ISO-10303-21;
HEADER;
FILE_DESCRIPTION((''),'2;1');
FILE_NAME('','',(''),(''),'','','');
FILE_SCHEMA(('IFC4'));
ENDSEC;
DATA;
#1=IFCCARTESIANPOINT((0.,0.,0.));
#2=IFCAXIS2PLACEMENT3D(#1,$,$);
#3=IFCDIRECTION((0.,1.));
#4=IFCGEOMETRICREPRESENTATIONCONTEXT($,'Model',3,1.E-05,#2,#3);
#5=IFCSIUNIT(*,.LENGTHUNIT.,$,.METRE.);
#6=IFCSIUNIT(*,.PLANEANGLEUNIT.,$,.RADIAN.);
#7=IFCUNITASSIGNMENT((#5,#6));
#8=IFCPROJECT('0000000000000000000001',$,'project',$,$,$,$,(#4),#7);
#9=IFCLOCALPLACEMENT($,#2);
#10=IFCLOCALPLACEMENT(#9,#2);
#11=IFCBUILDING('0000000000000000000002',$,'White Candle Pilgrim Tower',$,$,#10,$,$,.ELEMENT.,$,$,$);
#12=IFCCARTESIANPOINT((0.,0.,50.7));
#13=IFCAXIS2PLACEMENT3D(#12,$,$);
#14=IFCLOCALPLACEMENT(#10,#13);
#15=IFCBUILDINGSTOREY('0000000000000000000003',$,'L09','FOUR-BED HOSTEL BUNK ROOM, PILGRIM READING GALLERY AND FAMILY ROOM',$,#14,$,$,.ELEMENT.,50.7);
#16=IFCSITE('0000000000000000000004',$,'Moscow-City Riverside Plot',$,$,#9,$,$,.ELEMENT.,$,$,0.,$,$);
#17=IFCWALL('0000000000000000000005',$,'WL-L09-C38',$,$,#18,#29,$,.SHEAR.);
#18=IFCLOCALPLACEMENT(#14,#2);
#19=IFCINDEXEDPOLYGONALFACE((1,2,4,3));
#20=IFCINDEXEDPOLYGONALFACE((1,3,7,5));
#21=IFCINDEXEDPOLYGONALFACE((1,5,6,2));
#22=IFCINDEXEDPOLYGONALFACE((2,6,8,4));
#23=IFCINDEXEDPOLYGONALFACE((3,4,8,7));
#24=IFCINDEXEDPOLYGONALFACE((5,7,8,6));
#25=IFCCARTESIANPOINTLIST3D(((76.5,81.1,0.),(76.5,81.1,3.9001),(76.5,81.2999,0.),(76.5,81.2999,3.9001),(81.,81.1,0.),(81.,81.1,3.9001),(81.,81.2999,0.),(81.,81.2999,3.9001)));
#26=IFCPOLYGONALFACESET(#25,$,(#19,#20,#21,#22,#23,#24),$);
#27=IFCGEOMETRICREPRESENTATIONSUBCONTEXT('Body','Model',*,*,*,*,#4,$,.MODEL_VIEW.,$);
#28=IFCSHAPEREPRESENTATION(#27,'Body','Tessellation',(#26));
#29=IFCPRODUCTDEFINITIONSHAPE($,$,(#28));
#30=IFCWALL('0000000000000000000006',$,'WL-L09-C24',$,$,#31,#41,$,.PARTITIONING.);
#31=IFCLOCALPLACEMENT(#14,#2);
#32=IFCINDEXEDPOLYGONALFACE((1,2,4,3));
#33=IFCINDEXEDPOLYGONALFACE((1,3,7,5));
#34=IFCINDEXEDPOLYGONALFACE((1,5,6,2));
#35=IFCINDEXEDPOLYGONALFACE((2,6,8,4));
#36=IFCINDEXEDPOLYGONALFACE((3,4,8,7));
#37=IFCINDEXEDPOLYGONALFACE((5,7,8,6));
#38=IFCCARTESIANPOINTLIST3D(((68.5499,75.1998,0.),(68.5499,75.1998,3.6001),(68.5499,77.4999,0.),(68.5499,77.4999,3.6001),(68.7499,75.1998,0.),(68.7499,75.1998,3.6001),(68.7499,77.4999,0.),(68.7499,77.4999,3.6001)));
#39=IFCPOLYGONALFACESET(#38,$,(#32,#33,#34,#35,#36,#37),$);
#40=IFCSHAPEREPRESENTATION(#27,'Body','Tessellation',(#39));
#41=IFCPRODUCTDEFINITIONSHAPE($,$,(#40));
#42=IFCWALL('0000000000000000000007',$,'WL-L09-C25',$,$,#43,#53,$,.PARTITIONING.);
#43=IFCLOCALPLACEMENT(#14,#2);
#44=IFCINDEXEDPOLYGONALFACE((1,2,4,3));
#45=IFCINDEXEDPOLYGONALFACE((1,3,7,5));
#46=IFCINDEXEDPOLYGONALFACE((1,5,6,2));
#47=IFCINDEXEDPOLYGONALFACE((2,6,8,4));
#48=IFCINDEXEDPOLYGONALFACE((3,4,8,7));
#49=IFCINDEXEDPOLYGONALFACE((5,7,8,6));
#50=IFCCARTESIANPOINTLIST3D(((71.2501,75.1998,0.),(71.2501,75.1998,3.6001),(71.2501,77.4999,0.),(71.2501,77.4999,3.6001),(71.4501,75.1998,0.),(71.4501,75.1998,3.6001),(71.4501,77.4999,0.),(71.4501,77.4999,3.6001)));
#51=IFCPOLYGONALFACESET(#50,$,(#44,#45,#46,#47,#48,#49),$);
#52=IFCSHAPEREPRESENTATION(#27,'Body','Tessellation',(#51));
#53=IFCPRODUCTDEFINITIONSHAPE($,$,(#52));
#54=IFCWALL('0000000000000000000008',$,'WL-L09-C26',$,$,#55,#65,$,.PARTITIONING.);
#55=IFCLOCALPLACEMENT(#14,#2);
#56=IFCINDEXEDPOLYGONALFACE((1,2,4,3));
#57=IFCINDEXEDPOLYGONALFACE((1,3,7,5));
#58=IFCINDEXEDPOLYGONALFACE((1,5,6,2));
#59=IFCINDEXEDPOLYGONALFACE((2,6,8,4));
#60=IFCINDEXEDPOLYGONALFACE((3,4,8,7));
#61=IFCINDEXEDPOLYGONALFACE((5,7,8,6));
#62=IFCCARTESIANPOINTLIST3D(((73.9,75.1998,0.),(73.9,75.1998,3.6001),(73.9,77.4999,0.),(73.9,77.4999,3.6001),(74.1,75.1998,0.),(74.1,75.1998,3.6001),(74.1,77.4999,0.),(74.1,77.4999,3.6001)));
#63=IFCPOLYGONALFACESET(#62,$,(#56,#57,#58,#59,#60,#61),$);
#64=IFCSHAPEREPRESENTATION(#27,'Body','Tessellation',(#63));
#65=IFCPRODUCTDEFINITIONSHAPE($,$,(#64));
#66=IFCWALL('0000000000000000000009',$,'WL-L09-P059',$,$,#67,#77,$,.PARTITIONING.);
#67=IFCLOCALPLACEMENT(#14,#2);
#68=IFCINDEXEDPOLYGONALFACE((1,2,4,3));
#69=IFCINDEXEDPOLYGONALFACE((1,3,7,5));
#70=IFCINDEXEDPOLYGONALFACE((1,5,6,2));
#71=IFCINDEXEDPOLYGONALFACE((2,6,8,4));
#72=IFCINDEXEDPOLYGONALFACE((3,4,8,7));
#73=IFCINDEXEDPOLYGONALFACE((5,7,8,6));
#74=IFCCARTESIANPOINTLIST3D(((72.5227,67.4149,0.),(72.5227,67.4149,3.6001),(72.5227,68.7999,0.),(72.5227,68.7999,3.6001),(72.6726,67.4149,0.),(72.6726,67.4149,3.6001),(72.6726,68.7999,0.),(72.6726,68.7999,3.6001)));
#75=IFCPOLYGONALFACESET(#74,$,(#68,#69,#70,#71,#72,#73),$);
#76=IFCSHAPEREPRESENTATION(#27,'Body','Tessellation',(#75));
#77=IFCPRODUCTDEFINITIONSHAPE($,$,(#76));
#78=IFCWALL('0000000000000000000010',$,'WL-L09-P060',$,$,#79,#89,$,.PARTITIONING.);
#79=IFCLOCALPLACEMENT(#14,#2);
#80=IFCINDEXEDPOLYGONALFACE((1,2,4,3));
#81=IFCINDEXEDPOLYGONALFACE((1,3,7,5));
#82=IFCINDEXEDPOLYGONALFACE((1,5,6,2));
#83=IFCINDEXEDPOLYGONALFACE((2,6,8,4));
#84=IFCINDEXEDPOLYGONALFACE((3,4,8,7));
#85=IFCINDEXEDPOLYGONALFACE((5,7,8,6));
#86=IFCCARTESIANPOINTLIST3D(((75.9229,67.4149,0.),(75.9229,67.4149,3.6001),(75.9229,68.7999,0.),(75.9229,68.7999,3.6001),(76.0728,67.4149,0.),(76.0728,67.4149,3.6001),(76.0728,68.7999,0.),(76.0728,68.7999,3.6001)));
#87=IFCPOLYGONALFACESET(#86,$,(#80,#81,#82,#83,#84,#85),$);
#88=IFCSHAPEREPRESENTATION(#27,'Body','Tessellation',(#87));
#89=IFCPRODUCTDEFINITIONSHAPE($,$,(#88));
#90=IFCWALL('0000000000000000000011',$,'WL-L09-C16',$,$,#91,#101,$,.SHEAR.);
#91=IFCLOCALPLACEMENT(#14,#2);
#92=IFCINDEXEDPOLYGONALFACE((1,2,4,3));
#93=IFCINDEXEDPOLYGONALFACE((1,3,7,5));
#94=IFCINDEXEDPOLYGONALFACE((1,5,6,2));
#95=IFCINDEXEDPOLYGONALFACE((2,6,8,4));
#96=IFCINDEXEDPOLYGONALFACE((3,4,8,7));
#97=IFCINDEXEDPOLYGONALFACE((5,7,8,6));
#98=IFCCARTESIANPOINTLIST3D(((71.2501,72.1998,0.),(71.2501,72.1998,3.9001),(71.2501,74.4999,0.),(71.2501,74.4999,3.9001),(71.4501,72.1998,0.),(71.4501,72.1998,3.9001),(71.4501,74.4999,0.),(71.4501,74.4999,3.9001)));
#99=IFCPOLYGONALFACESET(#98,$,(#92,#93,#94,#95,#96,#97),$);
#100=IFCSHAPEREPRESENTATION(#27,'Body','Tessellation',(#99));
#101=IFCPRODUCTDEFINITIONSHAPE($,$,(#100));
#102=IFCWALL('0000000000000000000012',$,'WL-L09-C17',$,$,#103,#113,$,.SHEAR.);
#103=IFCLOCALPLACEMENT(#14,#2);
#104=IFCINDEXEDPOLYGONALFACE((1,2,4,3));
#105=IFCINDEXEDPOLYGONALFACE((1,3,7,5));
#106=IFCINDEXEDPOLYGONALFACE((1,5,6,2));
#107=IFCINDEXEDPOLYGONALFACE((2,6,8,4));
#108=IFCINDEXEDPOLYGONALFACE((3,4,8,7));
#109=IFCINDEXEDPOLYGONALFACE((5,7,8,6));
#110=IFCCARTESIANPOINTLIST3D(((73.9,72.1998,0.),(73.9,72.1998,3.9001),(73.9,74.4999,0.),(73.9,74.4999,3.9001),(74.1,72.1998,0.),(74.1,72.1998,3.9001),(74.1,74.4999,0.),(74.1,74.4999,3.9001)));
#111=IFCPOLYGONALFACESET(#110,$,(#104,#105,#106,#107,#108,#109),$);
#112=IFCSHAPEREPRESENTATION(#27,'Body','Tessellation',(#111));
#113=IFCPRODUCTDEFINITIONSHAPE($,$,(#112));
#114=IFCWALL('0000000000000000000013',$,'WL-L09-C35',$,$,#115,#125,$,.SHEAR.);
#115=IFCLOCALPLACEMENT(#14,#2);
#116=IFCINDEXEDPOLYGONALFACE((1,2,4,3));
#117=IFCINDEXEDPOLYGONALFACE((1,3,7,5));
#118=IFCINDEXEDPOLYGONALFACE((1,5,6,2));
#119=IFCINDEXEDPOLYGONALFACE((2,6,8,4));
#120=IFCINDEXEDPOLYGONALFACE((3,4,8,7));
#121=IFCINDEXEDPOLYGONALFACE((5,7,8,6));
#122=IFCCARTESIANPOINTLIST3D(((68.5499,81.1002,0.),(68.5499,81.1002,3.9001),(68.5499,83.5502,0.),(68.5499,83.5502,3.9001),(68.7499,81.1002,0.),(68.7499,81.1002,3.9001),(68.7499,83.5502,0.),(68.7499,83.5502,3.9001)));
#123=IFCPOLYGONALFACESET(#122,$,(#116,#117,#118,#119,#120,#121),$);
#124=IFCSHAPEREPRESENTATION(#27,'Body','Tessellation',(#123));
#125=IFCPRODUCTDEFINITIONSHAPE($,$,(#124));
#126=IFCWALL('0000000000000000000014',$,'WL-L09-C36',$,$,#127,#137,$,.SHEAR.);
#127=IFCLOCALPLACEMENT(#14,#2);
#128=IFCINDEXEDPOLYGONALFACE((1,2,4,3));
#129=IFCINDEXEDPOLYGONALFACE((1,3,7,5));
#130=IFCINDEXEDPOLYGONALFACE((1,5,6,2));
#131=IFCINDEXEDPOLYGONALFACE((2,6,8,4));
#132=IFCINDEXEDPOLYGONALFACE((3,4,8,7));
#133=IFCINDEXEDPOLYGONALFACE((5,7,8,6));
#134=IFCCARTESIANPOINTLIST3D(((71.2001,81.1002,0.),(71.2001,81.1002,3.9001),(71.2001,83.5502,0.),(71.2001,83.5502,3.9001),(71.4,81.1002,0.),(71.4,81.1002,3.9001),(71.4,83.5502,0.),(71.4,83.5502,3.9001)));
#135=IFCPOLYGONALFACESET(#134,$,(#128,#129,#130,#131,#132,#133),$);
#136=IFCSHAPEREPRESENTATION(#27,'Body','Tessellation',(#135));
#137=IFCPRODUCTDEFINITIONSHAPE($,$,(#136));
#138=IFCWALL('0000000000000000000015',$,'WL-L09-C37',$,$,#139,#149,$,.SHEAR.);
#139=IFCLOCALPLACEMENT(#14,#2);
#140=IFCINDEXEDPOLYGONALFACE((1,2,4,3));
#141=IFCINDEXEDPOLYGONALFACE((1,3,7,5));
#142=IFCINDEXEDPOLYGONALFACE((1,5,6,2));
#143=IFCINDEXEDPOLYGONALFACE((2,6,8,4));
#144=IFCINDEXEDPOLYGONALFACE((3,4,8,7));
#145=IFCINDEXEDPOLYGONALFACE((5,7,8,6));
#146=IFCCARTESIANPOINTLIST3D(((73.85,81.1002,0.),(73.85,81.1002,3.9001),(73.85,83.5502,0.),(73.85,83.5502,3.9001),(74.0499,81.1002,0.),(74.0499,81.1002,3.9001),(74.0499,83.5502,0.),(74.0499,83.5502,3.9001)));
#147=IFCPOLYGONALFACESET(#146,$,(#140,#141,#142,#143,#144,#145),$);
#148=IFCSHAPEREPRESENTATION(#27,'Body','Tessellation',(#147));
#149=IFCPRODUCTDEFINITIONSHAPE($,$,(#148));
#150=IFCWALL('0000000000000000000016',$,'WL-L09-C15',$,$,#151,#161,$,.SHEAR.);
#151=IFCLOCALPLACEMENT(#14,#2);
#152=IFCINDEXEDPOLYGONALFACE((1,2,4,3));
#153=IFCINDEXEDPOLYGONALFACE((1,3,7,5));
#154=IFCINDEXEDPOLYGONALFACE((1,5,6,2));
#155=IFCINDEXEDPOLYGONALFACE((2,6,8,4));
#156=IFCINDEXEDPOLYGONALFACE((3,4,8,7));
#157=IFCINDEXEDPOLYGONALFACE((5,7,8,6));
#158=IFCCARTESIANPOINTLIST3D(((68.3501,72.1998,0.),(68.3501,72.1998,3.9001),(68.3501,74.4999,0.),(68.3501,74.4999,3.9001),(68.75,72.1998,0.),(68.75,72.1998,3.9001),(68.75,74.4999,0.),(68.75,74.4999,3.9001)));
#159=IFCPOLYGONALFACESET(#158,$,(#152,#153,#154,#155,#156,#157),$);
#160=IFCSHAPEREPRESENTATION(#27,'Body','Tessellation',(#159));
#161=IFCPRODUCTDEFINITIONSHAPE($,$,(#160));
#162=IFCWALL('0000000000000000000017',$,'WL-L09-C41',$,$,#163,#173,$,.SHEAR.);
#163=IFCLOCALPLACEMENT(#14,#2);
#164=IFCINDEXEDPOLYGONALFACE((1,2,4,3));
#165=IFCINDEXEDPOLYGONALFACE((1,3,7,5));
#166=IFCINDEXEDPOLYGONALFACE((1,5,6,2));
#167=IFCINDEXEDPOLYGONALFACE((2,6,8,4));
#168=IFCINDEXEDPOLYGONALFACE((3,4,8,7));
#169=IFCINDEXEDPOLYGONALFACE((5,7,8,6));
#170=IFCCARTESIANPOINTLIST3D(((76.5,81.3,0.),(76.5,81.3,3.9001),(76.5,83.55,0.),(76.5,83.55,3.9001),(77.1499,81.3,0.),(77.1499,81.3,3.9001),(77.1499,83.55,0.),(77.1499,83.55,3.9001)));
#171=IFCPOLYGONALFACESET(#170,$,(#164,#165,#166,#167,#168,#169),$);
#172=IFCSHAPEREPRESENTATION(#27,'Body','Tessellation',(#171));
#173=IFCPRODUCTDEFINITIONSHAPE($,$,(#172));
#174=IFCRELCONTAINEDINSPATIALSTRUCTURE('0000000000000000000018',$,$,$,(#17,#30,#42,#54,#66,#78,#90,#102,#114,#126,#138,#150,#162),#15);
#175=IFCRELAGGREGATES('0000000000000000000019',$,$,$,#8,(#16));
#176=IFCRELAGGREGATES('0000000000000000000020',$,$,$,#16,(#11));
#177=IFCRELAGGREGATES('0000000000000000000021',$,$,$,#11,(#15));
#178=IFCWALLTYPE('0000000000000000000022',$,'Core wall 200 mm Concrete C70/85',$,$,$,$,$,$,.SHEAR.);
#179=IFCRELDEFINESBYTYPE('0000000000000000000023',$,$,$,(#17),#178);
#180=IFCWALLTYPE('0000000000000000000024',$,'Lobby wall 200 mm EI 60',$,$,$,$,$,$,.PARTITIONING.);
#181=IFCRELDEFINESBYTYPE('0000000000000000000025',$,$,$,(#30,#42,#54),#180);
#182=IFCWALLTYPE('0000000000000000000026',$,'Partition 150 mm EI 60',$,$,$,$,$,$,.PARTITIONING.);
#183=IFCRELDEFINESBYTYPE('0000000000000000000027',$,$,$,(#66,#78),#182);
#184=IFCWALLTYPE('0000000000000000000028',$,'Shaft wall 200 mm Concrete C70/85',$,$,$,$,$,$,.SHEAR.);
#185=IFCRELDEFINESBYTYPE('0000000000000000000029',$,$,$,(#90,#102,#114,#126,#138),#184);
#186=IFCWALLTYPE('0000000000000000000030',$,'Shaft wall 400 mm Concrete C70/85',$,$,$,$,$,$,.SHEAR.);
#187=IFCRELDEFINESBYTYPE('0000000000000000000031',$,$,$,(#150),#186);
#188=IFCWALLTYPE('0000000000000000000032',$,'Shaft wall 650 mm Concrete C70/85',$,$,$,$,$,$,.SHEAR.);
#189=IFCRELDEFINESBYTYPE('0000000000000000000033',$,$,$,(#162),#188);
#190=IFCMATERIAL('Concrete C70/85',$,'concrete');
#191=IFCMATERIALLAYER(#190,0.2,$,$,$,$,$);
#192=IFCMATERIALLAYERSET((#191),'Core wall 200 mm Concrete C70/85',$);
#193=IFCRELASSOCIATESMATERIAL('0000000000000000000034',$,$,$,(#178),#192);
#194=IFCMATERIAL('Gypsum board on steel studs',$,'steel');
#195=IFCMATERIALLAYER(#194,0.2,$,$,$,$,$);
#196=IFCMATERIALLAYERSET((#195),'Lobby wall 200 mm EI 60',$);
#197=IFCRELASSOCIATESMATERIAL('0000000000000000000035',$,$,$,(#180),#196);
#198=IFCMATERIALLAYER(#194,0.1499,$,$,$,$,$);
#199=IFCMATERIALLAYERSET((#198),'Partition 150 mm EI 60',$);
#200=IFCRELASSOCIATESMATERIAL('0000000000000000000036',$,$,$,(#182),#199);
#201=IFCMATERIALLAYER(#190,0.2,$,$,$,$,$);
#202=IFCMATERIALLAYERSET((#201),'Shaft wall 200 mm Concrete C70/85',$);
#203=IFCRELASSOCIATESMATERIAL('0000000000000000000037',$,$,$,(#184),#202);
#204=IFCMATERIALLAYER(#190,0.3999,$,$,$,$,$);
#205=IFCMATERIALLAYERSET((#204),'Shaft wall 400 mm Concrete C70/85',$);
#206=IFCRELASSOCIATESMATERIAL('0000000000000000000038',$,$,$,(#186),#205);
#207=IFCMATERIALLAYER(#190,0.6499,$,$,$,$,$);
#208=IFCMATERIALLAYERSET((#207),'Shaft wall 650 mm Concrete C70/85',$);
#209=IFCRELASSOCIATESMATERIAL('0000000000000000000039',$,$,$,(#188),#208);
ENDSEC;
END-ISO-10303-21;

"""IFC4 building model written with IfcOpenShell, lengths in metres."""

from ifc_helpers import new_model, si_unit, direction, frame, frame_2d, origin, place, context, subcontext, project, spatial, rectangle, extrude, material, layer, layer_set, type_object, element, save


model = new_model("IFC4")

# Units and contexts
model_context = context("Model", 3, precision=1e-05, world=origin(), true_north=direction((0.0, 1.0)))
body_context = subcontext(model_context, "Body", "Model", "MODEL_VIEW")
ifc_project = project(units=[si_unit("LENGTHUNIT", "METRE"), si_unit("PLANEANGLEUNIT", "RADIAN")], contexts=[model_context])

# Site, building, storey
site_placement = place(None, origin())
site = spatial("IfcSite", under=ifc_project, at=site_placement, Name="Moscow-City Riverside Plot", CompositionType="ELEMENT", RefElevation=0.0)
building_placement = place(site_placement, origin())
building = spatial("IfcBuilding", under=site, at=building_placement, Name="White Candle Pilgrim Tower", CompositionType="ELEMENT")
storey_placement = place(building_placement, frame((0.0, 0.0, 50.7)))
storey = spatial("IfcBuildingStorey", under=building, at=storey_placement, Name="L09", Description="FOUR-BED HOSTEL BUNK ROOM, PILGRIM READING GALLERY AND FAMILY ROOM", CompositionType="ELEMENT", Elevation=50.7)

# Walls
ifc_material_1 = material(Name="Concrete C70/85", Category="concrete")
ifc_layer_1 = layer(ifc_material_1, 0.2)
ifc_layer_set_1 = layer_set([ifc_layer_1], Name="Core wall 200 mm Concrete C70/85")
wall_type_1 = type_object("IfcWallType", Name="Core wall 200 mm Concrete C70/85", PredefinedType="SHEAR", material=ifc_layer_set_1)
wall_1_placement = place(storey_placement, frame((76.5, 81.2, 0.0), z_axis=(0.0, 0.0, 1.0), x_axis=(1.0, 0.0, 0.0)))
element("IfcWall", 1, at=wall_1_placement, inside=storey, type_object=wall_type_1, Name="WL-L09-C38", PredefinedType="SHEAR", context=body_context, shape_type="SweptSolid", body=[
    extrude(rectangle(XDim=4.5, YDim=0.2, at=frame_2d((2.25, 0.0))), origin(), (0.0, 0.0, 1.0), 3.9001),
])
ifc_material_2 = material(Name="Gypsum board on steel studs", Category="steel")
ifc_layer_2 = layer(ifc_material_2, 0.2)
ifc_layer_set_2 = layer_set([ifc_layer_2], Name="Lobby wall 200 mm EI 60")
wall_type_2 = type_object("IfcWallType", Name="Lobby wall 200 mm EI 60", PredefinedType="PARTITIONING", material=ifc_layer_set_2)
for number, where, z_axis, x_axis, name in (
    (2, (68.6499, 75.2, 0.0), (0.0, 0.0, 1.0), (0.0, 1.0, 0.0), "WL-L09-C24"),
    (3, (71.3501, 75.2, 0.0), (0.0, 0.0, 1.0), (0.0, 1.0, 0.0), "WL-L09-C25"),
    (4, (74.0, 75.2, 0.0), (0.0, 0.0, 1.0), (0.0, 1.0, 0.0), "WL-L09-C26"),
):
    element("IfcWall", number, at=place(storey_placement, frame(where, z_axis=z_axis, x_axis=x_axis)), inside=storey, type_object=wall_type_2, Name=name, PredefinedType="PARTITIONING", context=body_context, shape_type="SweptSolid", body=[
        extrude(rectangle(XDim=2.3, YDim=0.2, at=frame_2d((1.1499, 0.0))), origin(), (0.0, 0.0, 1.0), 3.6001),
    ])
ifc_layer_3 = layer(ifc_material_2, 0.1499)
ifc_layer_set_3 = layer_set([ifc_layer_3], Name="Partition 150 mm EI 60")
wall_type_3 = type_object("IfcWallType", Name="Partition 150 mm EI 60", PredefinedType="PARTITIONING", material=ifc_layer_set_3)
for number, where, z_axis, x_axis, name in (
    (5, (72.5977, 67.415, 0.0), (0.0, 0.0, 1.0), (0.0, 1.0, 0.0), "WL-L09-P059"),
    (6, (75.9978, 67.415, 0.0), (0.0, 0.0, 1.0), (0.0, 1.0, 0.0), "WL-L09-P060"),
):
    element("IfcWall", number, at=place(storey_placement, frame(where, z_axis=z_axis, x_axis=x_axis)), inside=storey, type_object=wall_type_3, Name=name, PredefinedType="PARTITIONING", context=body_context, shape_type="SweptSolid", body=[
        extrude(rectangle(XDim=1.385, YDim=0.1499, at=frame_2d((0.6924, 0.0))), origin(), (0.0, 0.0, 1.0), 3.6001),
    ])
ifc_layer_4 = layer(ifc_material_1, 0.2)
ifc_layer_set_4 = layer_set([ifc_layer_4], Name="Shaft wall 200 mm Concrete C70/85")
wall_type_4 = type_object("IfcWallType", Name="Shaft wall 200 mm Concrete C70/85", PredefinedType="SHEAR", material=ifc_layer_set_4)
for number, where, z_axis, x_axis, name in (
    (7, (71.3501, 72.2, 0.0), (0.0, 0.0, 1.0), (0.0, 1.0, 0.0), "WL-L09-C16"),
    (8, (74.0, 72.2, 0.0), (0.0, 0.0, 1.0), (0.0, 1.0, 0.0), "WL-L09-C17"),
):
    element("IfcWall", number, at=place(storey_placement, frame(where, z_axis=z_axis, x_axis=x_axis)), inside=storey, type_object=wall_type_4, Name=name, PredefinedType="SHEAR", context=body_context, shape_type="SweptSolid", body=[
        extrude(rectangle(XDim=2.3, YDim=0.2, at=frame_2d((1.1499, 0.0))), origin(), (0.0, 0.0, 1.0), 3.9001),
    ])
for number, where, z_axis, x_axis, name in (
    (9, (68.6499, 81.1001, 0.0), (0.0, 0.0, 1.0), (0.0, 1.0, 0.0), "WL-L09-C35"),
    (10, (71.3, 81.1001, 0.0), (0.0, 0.0, 1.0), (0.0, 1.0, 0.0), "WL-L09-C36"),
    (11, (73.95, 81.1001, 0.0), (0.0, 0.0, 1.0), (0.0, 1.0, 0.0), "WL-L09-C37"),
):
    element("IfcWall", number, at=place(storey_placement, frame(where, z_axis=z_axis, x_axis=x_axis)), inside=storey, type_object=wall_type_4, Name=name, PredefinedType="SHEAR", context=body_context, shape_type="SweptSolid", body=[
        extrude(rectangle(XDim=2.45, YDim=0.2, at=frame_2d((1.2251, 0.0))), origin(), (0.0, 0.0, 1.0), 3.9001),
    ])
ifc_layer_5 = layer(ifc_material_1, 0.3999)
ifc_layer_set_5 = layer_set([ifc_layer_5], Name="Shaft wall 400 mm Concrete C70/85")
wall_type_5 = type_object("IfcWallType", Name="Shaft wall 400 mm Concrete C70/85", PredefinedType="SHEAR", material=ifc_layer_set_5)
wall_2_placement = place(storey_placement, frame((68.55, 72.2, 0.0), z_axis=(0.0, 0.0, 1.0), x_axis=(0.0, 1.0, 0.0)))
element("IfcWall", 12, at=wall_2_placement, inside=storey, type_object=wall_type_5, Name="WL-L09-C15", PredefinedType="SHEAR", context=body_context, shape_type="SweptSolid", body=[
    extrude(rectangle(XDim=2.3, YDim=0.3999, at=frame_2d((1.1499, 0.0))), origin(), (0.0, 0.0, 1.0), 3.9001),
])
ifc_layer_6 = layer(ifc_material_1, 0.6499)
ifc_layer_set_6 = layer_set([ifc_layer_6], Name="Shaft wall 650 mm Concrete C70/85")
wall_type_6 = type_object("IfcWallType", Name="Shaft wall 650 mm Concrete C70/85", PredefinedType="SHEAR", material=ifc_layer_set_6)
wall_3_placement = place(storey_placement, frame((76.825, 81.3, 0.0), z_axis=(0.0, 0.0, 1.0), x_axis=(0.0, 1.0, 0.0)))
element("IfcWall", 13, at=wall_3_placement, inside=storey, type_object=wall_type_6, Name="WL-L09-C41", PredefinedType="SHEAR", context=body_context, shape_type="SweptSolid", body=[
    extrude(rectangle(XDim=2.25, YDim=0.6499, at=frame_2d((1.125, 0.0))), origin(), (0.0, 0.0, 1.0), 3.9001),
])

save(model, "model.ifc")
